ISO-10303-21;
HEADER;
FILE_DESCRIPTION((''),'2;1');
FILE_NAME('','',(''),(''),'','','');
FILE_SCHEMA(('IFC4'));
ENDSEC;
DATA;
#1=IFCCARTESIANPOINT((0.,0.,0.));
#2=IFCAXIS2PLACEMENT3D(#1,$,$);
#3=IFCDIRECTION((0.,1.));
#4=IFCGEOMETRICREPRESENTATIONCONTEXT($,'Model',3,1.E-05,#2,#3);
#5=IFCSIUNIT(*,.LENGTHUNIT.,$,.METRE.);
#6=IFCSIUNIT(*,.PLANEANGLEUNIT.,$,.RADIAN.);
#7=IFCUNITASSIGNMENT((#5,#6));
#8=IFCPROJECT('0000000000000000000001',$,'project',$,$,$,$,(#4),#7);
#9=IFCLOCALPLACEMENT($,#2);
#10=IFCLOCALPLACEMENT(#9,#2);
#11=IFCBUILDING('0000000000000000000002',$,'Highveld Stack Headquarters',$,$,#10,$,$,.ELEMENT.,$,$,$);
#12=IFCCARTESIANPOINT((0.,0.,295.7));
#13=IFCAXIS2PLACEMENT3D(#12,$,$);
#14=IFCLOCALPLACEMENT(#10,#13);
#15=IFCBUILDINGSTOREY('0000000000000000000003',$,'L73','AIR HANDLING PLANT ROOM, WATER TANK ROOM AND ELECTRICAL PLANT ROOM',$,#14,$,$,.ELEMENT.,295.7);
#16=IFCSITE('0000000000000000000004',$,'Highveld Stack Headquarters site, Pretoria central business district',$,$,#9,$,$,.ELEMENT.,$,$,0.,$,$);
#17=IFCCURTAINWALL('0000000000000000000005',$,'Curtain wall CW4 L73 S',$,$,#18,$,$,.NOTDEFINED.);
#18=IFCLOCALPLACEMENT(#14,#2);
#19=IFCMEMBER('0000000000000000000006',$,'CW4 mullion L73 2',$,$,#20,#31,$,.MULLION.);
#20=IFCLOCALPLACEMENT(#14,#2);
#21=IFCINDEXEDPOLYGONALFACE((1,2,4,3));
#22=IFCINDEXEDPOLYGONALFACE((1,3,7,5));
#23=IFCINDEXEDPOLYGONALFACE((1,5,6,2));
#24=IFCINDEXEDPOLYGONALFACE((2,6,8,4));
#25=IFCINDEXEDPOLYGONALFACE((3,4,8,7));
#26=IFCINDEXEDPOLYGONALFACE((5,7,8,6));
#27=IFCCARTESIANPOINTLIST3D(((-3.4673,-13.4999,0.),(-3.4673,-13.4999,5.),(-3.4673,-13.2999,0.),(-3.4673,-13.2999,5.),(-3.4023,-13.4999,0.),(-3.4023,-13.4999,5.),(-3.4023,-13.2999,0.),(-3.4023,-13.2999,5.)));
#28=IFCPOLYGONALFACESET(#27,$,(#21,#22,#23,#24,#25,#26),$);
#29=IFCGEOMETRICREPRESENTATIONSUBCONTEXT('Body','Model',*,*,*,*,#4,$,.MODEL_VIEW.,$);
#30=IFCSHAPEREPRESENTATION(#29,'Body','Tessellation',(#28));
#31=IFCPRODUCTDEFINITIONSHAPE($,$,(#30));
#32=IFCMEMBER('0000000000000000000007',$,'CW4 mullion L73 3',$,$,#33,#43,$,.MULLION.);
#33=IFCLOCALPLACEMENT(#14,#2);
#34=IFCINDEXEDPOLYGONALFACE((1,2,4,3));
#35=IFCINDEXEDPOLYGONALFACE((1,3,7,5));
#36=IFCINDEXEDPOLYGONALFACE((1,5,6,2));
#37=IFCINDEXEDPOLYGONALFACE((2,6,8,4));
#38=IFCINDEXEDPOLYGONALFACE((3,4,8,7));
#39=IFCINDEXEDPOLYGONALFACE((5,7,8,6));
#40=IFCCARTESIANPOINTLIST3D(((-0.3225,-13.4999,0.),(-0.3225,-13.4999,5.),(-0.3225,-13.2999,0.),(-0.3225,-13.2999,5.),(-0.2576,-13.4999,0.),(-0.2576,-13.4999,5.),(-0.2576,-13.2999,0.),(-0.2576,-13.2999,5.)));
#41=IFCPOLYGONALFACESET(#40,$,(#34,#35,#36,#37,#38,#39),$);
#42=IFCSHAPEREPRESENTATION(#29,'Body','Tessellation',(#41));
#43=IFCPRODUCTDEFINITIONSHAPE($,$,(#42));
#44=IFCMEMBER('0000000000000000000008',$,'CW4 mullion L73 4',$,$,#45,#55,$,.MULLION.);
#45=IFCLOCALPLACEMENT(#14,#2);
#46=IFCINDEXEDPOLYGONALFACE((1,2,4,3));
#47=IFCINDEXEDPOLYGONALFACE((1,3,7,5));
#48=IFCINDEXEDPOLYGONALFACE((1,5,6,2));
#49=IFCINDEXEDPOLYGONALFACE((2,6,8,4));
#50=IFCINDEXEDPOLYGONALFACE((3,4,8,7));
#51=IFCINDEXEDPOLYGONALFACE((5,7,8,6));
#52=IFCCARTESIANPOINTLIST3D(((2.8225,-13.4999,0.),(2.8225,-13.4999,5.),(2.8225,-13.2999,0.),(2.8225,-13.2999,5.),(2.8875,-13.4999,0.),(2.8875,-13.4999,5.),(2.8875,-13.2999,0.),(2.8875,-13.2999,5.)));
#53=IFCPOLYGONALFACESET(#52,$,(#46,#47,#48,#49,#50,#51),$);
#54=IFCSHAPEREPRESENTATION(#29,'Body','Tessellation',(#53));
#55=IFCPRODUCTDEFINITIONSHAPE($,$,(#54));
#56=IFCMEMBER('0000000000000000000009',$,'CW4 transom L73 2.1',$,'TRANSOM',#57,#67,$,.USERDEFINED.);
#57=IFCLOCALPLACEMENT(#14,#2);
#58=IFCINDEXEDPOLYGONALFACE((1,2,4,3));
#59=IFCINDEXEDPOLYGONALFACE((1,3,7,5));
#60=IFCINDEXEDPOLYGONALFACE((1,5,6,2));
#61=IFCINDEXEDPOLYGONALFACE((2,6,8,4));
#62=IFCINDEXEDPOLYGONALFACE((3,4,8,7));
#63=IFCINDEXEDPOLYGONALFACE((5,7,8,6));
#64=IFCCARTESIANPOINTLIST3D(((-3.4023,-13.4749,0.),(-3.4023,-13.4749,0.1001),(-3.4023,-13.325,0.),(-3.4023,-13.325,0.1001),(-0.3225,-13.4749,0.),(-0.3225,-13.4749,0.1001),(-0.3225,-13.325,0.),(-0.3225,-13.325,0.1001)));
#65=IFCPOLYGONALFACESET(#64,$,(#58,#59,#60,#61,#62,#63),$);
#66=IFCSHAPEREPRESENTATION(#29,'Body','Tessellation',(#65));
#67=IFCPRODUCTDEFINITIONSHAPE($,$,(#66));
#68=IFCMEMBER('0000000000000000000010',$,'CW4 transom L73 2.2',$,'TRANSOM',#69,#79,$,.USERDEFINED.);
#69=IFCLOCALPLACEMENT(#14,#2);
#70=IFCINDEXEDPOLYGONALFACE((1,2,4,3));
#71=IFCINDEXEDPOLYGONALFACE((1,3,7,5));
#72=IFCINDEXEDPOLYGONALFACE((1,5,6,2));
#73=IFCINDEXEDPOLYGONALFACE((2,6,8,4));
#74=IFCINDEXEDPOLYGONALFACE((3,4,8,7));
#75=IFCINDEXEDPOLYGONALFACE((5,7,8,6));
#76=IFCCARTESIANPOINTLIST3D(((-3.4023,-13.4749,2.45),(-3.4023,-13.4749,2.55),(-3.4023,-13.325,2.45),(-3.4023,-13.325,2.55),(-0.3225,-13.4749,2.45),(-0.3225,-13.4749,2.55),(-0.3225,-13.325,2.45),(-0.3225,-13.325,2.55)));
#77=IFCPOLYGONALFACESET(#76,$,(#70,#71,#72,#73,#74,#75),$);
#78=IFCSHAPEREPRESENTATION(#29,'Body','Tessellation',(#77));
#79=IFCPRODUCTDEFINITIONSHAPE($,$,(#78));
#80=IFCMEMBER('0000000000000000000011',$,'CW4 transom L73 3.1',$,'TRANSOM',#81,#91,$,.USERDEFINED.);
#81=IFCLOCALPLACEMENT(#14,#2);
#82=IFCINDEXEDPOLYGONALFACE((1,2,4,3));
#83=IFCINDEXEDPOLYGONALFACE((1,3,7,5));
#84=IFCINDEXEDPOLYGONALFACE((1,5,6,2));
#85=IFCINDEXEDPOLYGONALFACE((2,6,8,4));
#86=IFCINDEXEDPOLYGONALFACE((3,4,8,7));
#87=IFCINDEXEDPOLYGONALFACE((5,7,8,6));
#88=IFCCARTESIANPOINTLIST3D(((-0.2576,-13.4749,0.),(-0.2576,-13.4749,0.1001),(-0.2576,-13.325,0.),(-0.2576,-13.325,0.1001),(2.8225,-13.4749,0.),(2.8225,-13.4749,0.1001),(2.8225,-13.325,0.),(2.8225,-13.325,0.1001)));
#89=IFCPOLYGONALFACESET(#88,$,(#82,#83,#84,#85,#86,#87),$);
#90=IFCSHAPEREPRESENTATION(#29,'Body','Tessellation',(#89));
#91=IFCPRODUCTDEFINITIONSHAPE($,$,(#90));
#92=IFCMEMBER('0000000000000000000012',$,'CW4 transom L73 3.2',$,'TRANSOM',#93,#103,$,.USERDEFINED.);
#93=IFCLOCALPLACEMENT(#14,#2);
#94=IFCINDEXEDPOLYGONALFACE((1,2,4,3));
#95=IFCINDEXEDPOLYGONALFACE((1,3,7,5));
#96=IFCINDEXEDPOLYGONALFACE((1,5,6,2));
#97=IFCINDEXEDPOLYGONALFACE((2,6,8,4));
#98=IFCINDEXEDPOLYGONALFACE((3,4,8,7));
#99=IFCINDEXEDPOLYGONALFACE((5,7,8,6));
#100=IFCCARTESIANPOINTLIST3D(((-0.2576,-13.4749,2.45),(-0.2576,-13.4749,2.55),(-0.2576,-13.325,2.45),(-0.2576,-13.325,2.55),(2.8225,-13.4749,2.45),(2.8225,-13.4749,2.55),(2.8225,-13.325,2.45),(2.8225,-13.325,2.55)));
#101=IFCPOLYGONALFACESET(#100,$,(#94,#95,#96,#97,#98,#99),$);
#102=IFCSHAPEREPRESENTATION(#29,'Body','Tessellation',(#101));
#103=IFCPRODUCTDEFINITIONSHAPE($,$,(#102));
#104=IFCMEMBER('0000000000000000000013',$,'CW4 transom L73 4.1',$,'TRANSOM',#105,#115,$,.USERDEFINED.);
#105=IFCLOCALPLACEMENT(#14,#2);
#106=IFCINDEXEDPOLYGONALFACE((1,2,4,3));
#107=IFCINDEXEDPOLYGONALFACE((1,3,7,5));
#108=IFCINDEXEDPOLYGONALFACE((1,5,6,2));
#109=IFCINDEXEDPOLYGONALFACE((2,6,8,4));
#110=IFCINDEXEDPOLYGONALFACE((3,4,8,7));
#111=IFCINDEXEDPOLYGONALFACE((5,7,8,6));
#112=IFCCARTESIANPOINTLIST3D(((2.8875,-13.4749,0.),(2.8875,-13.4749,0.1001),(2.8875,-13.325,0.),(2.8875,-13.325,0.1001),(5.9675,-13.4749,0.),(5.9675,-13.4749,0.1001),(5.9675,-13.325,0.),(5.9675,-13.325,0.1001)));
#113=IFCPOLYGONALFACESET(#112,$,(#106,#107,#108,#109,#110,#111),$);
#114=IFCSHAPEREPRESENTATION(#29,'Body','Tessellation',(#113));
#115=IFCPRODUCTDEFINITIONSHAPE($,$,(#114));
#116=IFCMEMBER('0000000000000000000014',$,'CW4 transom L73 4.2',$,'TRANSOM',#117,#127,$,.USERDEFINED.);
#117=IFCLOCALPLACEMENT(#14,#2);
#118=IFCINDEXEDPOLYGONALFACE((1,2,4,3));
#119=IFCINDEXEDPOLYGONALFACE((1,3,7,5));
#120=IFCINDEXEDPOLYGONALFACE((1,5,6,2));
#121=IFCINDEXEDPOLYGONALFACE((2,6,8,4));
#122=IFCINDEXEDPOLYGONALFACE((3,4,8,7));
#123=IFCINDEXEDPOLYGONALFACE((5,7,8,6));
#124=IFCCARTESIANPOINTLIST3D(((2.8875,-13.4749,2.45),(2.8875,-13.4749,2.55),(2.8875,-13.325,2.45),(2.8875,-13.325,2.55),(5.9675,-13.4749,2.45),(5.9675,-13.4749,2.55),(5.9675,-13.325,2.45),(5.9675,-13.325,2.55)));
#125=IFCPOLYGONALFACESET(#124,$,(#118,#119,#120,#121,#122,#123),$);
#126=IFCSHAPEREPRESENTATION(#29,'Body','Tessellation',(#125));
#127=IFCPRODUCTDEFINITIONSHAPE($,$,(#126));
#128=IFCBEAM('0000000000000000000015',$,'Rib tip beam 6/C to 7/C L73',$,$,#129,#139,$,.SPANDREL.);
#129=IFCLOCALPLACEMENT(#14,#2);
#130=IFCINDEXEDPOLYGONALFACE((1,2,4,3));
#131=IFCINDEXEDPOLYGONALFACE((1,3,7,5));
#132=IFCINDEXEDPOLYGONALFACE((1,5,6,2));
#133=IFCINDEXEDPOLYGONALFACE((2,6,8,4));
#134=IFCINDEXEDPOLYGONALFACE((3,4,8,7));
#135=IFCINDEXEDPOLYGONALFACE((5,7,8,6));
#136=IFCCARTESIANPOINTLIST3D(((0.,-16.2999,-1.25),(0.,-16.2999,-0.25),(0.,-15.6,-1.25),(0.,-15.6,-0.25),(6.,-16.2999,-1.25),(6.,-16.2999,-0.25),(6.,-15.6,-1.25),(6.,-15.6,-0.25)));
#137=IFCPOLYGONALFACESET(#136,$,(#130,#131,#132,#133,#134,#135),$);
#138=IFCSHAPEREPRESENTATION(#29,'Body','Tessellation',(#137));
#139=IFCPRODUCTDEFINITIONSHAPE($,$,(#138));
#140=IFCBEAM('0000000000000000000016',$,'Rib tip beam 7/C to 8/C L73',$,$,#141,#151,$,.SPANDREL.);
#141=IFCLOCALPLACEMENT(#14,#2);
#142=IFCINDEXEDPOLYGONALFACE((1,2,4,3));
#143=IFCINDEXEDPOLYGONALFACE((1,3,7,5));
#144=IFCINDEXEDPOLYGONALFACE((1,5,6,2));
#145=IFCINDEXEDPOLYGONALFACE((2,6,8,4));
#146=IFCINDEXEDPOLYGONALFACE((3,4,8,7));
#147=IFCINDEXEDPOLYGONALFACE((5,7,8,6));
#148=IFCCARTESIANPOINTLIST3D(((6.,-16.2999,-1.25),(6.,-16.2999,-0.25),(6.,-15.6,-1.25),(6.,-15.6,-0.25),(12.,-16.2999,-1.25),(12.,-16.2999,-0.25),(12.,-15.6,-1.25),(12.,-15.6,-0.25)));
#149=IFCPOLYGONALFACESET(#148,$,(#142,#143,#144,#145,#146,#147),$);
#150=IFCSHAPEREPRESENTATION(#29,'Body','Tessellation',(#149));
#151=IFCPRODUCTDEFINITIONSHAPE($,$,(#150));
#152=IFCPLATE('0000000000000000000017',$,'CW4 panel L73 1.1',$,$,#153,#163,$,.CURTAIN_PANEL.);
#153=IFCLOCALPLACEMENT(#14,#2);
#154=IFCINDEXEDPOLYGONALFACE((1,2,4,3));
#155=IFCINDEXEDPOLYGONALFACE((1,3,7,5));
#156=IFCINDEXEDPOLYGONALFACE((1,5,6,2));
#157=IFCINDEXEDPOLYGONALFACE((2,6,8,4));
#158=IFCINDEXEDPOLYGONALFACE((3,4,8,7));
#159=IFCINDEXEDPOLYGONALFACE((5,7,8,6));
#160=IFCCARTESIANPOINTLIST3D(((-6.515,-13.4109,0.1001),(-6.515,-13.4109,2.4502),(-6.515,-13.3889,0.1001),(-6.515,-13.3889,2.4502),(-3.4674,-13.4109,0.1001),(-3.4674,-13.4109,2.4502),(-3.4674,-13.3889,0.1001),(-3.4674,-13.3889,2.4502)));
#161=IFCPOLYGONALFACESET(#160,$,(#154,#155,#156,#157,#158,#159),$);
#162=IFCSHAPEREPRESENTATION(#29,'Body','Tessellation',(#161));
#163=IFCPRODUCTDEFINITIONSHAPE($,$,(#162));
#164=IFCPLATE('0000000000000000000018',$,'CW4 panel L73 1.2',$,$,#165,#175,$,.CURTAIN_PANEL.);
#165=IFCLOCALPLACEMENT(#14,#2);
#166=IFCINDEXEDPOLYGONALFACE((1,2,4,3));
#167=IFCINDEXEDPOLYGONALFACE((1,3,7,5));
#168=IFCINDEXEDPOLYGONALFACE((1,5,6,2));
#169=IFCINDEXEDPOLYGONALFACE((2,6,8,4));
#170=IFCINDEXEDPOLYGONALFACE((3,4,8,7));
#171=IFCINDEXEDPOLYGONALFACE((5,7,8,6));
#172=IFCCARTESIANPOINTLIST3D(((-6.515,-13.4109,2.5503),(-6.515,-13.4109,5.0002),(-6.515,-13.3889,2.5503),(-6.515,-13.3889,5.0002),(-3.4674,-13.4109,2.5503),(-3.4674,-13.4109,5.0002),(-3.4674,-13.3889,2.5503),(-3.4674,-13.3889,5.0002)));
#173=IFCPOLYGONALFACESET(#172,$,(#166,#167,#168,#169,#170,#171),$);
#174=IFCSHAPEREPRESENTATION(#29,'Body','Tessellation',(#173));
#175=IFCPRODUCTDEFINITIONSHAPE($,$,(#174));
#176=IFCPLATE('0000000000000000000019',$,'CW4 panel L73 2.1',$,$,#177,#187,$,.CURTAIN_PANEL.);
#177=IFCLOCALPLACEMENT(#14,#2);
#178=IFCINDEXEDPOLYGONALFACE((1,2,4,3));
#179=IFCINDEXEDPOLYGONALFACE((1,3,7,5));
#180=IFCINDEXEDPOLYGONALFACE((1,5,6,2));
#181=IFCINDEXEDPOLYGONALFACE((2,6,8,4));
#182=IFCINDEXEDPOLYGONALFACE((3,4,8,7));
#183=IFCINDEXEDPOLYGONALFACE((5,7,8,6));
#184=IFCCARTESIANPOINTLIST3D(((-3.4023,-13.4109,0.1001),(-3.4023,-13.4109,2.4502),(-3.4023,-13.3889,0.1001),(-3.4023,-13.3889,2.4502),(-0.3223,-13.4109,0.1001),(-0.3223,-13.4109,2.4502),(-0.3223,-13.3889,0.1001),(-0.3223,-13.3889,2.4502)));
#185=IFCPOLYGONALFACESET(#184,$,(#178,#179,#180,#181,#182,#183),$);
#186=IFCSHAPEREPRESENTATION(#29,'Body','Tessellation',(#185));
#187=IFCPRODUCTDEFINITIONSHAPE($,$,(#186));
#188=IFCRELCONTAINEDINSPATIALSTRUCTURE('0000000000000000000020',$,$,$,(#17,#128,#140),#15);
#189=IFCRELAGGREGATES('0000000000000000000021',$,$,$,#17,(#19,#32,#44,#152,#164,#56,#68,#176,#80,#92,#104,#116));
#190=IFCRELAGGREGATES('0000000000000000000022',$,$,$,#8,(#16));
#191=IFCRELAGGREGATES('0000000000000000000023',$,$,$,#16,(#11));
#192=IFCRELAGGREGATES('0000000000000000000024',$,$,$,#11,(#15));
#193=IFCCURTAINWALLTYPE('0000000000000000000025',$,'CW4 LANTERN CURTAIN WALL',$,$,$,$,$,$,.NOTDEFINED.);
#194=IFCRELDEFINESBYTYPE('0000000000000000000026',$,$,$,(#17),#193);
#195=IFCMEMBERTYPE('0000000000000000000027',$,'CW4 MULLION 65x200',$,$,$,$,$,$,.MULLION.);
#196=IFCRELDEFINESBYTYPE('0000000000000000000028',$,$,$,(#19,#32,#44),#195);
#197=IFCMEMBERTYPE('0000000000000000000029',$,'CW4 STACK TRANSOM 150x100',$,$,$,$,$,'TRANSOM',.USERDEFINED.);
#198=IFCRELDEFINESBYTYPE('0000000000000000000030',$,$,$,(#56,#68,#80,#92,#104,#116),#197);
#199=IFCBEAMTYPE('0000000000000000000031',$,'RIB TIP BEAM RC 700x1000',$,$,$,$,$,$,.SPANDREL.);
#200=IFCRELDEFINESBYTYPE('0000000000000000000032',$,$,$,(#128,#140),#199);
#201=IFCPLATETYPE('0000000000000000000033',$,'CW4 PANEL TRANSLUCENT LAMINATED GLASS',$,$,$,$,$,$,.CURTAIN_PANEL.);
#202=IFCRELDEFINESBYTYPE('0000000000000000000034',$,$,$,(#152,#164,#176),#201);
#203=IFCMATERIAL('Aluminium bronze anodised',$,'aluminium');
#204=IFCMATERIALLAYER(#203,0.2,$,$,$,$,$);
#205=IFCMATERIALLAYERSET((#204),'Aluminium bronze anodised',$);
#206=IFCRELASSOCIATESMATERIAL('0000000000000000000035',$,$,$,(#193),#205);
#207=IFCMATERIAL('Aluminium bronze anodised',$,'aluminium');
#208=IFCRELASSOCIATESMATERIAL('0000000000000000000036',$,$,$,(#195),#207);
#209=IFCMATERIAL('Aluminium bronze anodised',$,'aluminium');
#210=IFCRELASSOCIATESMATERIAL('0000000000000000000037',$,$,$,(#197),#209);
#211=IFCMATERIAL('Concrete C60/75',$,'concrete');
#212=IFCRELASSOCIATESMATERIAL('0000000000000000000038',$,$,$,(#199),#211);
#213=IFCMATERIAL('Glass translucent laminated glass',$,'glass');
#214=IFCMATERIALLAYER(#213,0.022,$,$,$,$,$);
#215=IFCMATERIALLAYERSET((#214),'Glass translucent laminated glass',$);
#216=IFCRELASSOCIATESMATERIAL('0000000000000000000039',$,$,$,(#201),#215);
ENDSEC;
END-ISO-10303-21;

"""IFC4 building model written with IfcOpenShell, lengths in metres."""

from ifc_helpers import new_model, si_unit, direction, frame, origin, origin_2d, place, context, subcontext, project, spatial, rectangle, extrude, material, layer, layer_set, material_profile, profile_set, type_object, element, aggregate, save


model = new_model("IFC4")

# Units and contexts
model_context = context("Model", 3, precision=1e-05, world=origin(), true_north=direction((0.0, 1.0)))
body_context = subcontext(model_context, "Body", "Model", "MODEL_VIEW")
ifc_project = project(units=[si_unit("LENGTHUNIT", "METRE"), si_unit("PLANEANGLEUNIT", "RADIAN")], contexts=[model_context])

# Site, building, storey
site_placement = place(None, origin())
site = spatial("IfcSite", under=ifc_project, at=site_placement, Name="Highveld Stack Headquarters site, Pretoria central business district", CompositionType="ELEMENT", RefElevation=0.0)
building_placement = place(site_placement, origin())
building = spatial("IfcBuilding", under=site, at=building_placement, Name="Highveld Stack Headquarters", CompositionType="ELEMENT")
storey_placement = place(building_placement, frame((0.0, 0.0, 295.7)))
storey = spatial("IfcBuildingStorey", under=building, at=storey_placement, Name="L73", Description="AIR HANDLING PLANT ROOM, WATER TANK ROOM AND ELECTRICAL PLANT ROOM", CompositionType="ELEMENT", Elevation=295.7)

# Curtain wall, members
ifc_material_1 = material(Name="Aluminium bronze anodised", Category="aluminium")
ifc_layer_1 = layer(ifc_material_1, 0.2)
ifc_layer_set_1 = layer_set([ifc_layer_1], Name="Aluminium bronze anodised")
curtain_wall_type = type_object("IfcCurtainWallType", Name="CW4 LANTERN CURTAIN WALL", PredefinedType="NOTDEFINED", material=ifc_layer_set_1)
curtain_wall_placement = place(storey_placement, origin())
curtain_wall = element("IfcCurtainWall", 1, at=curtain_wall_placement, inside=storey, type_object=curtain_wall_type, Name="Curtain wall CW4 L73 S", PredefinedType="NOTDEFINED")
ifc_material_2 = material(Name="Aluminium bronze anodised", Category="aluminium")
ifc_material_profile_1 = material_profile(ifc_material_2, rectangle(XDim=0.2, YDim=0.0649, at=origin_2d()), Name="CW4 MULLION 65x200")
ifc_profile_set_1 = profile_set([ifc_material_profile_1], Name="Aluminium bronze anodised")
member_type_1 = type_object("IfcMemberType", Name="CW4 MULLION 65x200", PredefinedType="MULLION", material=ifc_profile_set_1)
member_1_placement = place(storey_placement, frame((-3.4348, -13.3999, 0.0), z_axis=(0.0, 0.0, 1.0), x_axis=(0.0, 1.0, 0.0)))
member_1 = element("IfcMember", 2, at=member_1_placement, type_object=member_type_1, Name="CW4 mullion L73 2", PredefinedType="MULLION", context=body_context, shape_type="SweptSolid", body=[
    extrude(rectangle(XDim=0.2, YDim=0.0649, at=origin_2d()), origin(), (0.0, 0.0, 1.0), 5.0),
])
member_2_placement = place(storey_placement, frame((-0.29, -13.3999, 0.0), z_axis=(0.0, 0.0, 1.0), x_axis=(0.0, 1.0, 0.0)))
member_2 = element("IfcMember", 3, at=member_2_placement, type_object=member_type_1, Name="CW4 mullion L73 3", PredefinedType="MULLION", context=body_context, shape_type="SweptSolid", body=[
    extrude(rectangle(XDim=0.2, YDim=0.0649, at=origin_2d()), origin(), (0.0, 0.0, 1.0), 5.0),
])
member_3_placement = place(storey_placement, frame((2.855, -13.3999, 0.0), z_axis=(0.0, 0.0, 1.0), x_axis=(0.0, 1.0, 0.0)))
member_3 = element("IfcMember", 4, at=member_3_placement, type_object=member_type_1, Name="CW4 mullion L73 4", PredefinedType="MULLION", context=body_context, shape_type="SweptSolid", body=[
    extrude(rectangle(XDim=0.2, YDim=0.0649, at=origin_2d()), origin(), (0.0, 0.0, 1.0), 5.0),
])
ifc_material_3 = material(Name="Aluminium bronze anodised", Category="aluminium")
ifc_material_profile_2 = material_profile(ifc_material_3, rectangle(XDim=0.1499, YDim=0.1001, at=origin_2d()), Name="CW4 TRANSOM 150x100")
ifc_profile_set_2 = profile_set([ifc_material_profile_2], Name="Aluminium bronze anodised")
member_type_2 = type_object("IfcMemberType", Name="CW4 STACK TRANSOM 150x100", ElementType="TRANSOM", PredefinedType="USERDEFINED", material=ifc_profile_set_2)
member_4_placement = place(storey_placement, frame((-3.4023, -13.3999, 0.05), z_axis=(1.0, 0.0, 0.0), x_axis=(0.0, 1.0, 0.0)))
member_4 = element("IfcMember", 5, at=member_4_placement, type_object=member_type_2, Name="CW4 transom L73 2.1", ObjectType="TRANSOM", PredefinedType="USERDEFINED", context=body_context, shape_type="SweptSolid", body=[
    extrude(rectangle(XDim=0.1499, YDim=0.1001, at=origin_2d()), origin(), (0.0, 0.0, 1.0), 3.0798),
])
member_5_placement = place(storey_placement, frame((-3.4023, -13.3999, 2.5), z_axis=(1.0, 0.0, 0.0), x_axis=(0.0, 1.0, 0.0)))
member_5 = element("IfcMember", 6, at=member_5_placement, type_object=member_type_2, Name="CW4 transom L73 2.2", ObjectType="TRANSOM", PredefinedType="USERDEFINED", context=body_context, shape_type="SweptSolid", body=[
    extrude(rectangle(XDim=0.1499, YDim=0.1001, at=origin_2d()), origin(), (0.0, 0.0, 1.0), 3.0798),
])
member_6_placement = place(storey_placement, frame((-0.2576, -13.3999, 0.05), z_axis=(1.0, 0.0, 0.0), x_axis=(0.0, 1.0, 0.0)))
member_6 = element("IfcMember", 7, at=member_6_placement, type_object=member_type_2, Name="CW4 transom L73 3.1", ObjectType="TRANSOM", PredefinedType="USERDEFINED", context=body_context, shape_type="SweptSolid", body=[
    extrude(rectangle(XDim=0.1499, YDim=0.1001, at=origin_2d()), origin(), (0.0, 0.0, 1.0), 3.0801),
])
member_7_placement = place(storey_placement, frame((-0.2576, -13.3999, 2.5), z_axis=(1.0, 0.0, 0.0), x_axis=(0.0, 1.0, 0.0)))
member_7 = element("IfcMember", 8, at=member_7_placement, type_object=member_type_2, Name="CW4 transom L73 3.2", ObjectType="TRANSOM", PredefinedType="USERDEFINED", context=body_context, shape_type="SweptSolid", body=[
    extrude(rectangle(XDim=0.1499, YDim=0.1001, at=origin_2d()), origin(), (0.0, 0.0, 1.0), 3.0801),
])
member_8_placement = place(storey_placement, frame((2.8875, -13.3999, 0.05), z_axis=(1.0, 0.0, 0.0), x_axis=(0.0, 1.0, 0.0)))
member_8 = element("IfcMember", 9, at=member_8_placement, type_object=member_type_2, Name="CW4 transom L73 4.1", ObjectType="TRANSOM", PredefinedType="USERDEFINED", context=body_context, shape_type="SweptSolid", body=[
    extrude(rectangle(XDim=0.1499, YDim=0.1001, at=origin_2d()), origin(), (0.0, 0.0, 1.0), 3.0801),
])
member_9_placement = place(storey_placement, frame((2.8875, -13.3999, 2.5), z_axis=(1.0, 0.0, 0.0), x_axis=(0.0, 1.0, 0.0)))
member_9 = element("IfcMember", 10, at=member_9_placement, type_object=member_type_2, Name="CW4 transom L73 4.2", ObjectType="TRANSOM", PredefinedType="USERDEFINED", context=body_context, shape_type="SweptSolid", body=[
    extrude(rectangle(XDim=0.1499, YDim=0.1001, at=origin_2d()), origin(), (0.0, 0.0, 1.0), 3.0801),
])

# Beams
ifc_material_4 = material(Name="Concrete C60/75", Category="concrete")
ifc_material_profile_3 = material_profile(ifc_material_4, rectangle(XDim=0.7, YDim=1.0, at=origin_2d()), Name="RC 700x1000")
ifc_profile_set_3 = profile_set([ifc_material_profile_3], Name="Concrete C60/75")
beam_type = type_object("IfcBeamType", Name="RIB TIP BEAM RC 700x1000", PredefinedType="SPANDREL", material=ifc_profile_set_3)
for number, where, z_axis, x_axis, name in (
    (11, (0.0, -15.95, -0.75), (1.0, 0.0, 0.0), (0.0, 1.0, 0.0), "Rib tip beam 6/C to 7/C L73"),
    (12, (6.0, -15.95, -0.75), (1.0, 0.0, 0.0), (0.0, 1.0, 0.0), "Rib tip beam 7/C to 8/C L73"),
):
    element("IfcBeam", number, at=place(storey_placement, frame(where, z_axis=z_axis, x_axis=x_axis)), inside=storey, type_object=beam_type, Name=name, PredefinedType="SPANDREL", context=body_context, shape_type="SweptSolid", body=[
        extrude(rectangle(XDim=0.7, YDim=1.0, at=origin_2d()), origin(), (0.0, 0.0, 1.0), 6.0),
    ])

# Plates
ifc_material_5 = material(Name="Glass translucent laminated glass", Category="glass")
ifc_layer_2 = layer(ifc_material_5, 0.022)
ifc_layer_set_2 = layer_set([ifc_layer_2], Name="Glass translucent laminated glass")
plate_type = type_object("IfcPlateType", Name="CW4 PANEL TRANSLUCENT LAMINATED GLASS", PredefinedType="CURTAIN_PANEL", material=ifc_layer_set_2)
plate_1_placement = place(storey_placement, frame((-4.9912, -13.3999, 0.1001), z_axis=(0.0, 0.0, 1.0), x_axis=(1.0, 0.0, 0.0)))
plate_1 = element("IfcPlate", 13, at=plate_1_placement, type_object=plate_type, Name="CW4 panel L73 1.1", PredefinedType="CURTAIN_PANEL", context=body_context, shape_type="SweptSolid", body=[
    extrude(rectangle(XDim=3.0476, YDim=0.022, at=origin_2d()), origin(), (0.0, 0.0, 1.0), 2.3501),
])
plate_2_placement = place(storey_placement, frame((-4.9912, -13.3999, 2.5503), z_axis=(0.0, 0.0, 1.0), x_axis=(1.0, 0.0, 0.0)))
plate_2 = element("IfcPlate", 14, at=plate_2_placement, type_object=plate_type, Name="CW4 panel L73 1.2", PredefinedType="CURTAIN_PANEL", context=body_context, shape_type="SweptSolid", body=[
    extrude(rectangle(XDim=3.0476, YDim=0.022, at=origin_2d()), origin(), (0.0, 0.0, 1.0), 2.45),
])
plate_3_placement = place(storey_placement, frame((-1.8623, -13.3999, 0.1001), z_axis=(0.0, 0.0, 1.0), x_axis=(1.0, 0.0, 0.0)))
plate_3 = element("IfcPlate", 15, at=plate_3_placement, type_object=plate_type, Name="CW4 panel L73 2.1", PredefinedType="CURTAIN_PANEL", context=body_context, shape_type="SweptSolid", body=[
    extrude(rectangle(XDim=3.0801, YDim=0.022, at=origin_2d()), origin(), (0.0, 0.0, 1.0), 2.3501),
])
aggregate(curtain_wall, [member_1, member_2, member_3, plate_1, plate_2, member_4, member_5, plate_3, member_6, member_7, member_8, member_9])

save(model, "model.ifc")
